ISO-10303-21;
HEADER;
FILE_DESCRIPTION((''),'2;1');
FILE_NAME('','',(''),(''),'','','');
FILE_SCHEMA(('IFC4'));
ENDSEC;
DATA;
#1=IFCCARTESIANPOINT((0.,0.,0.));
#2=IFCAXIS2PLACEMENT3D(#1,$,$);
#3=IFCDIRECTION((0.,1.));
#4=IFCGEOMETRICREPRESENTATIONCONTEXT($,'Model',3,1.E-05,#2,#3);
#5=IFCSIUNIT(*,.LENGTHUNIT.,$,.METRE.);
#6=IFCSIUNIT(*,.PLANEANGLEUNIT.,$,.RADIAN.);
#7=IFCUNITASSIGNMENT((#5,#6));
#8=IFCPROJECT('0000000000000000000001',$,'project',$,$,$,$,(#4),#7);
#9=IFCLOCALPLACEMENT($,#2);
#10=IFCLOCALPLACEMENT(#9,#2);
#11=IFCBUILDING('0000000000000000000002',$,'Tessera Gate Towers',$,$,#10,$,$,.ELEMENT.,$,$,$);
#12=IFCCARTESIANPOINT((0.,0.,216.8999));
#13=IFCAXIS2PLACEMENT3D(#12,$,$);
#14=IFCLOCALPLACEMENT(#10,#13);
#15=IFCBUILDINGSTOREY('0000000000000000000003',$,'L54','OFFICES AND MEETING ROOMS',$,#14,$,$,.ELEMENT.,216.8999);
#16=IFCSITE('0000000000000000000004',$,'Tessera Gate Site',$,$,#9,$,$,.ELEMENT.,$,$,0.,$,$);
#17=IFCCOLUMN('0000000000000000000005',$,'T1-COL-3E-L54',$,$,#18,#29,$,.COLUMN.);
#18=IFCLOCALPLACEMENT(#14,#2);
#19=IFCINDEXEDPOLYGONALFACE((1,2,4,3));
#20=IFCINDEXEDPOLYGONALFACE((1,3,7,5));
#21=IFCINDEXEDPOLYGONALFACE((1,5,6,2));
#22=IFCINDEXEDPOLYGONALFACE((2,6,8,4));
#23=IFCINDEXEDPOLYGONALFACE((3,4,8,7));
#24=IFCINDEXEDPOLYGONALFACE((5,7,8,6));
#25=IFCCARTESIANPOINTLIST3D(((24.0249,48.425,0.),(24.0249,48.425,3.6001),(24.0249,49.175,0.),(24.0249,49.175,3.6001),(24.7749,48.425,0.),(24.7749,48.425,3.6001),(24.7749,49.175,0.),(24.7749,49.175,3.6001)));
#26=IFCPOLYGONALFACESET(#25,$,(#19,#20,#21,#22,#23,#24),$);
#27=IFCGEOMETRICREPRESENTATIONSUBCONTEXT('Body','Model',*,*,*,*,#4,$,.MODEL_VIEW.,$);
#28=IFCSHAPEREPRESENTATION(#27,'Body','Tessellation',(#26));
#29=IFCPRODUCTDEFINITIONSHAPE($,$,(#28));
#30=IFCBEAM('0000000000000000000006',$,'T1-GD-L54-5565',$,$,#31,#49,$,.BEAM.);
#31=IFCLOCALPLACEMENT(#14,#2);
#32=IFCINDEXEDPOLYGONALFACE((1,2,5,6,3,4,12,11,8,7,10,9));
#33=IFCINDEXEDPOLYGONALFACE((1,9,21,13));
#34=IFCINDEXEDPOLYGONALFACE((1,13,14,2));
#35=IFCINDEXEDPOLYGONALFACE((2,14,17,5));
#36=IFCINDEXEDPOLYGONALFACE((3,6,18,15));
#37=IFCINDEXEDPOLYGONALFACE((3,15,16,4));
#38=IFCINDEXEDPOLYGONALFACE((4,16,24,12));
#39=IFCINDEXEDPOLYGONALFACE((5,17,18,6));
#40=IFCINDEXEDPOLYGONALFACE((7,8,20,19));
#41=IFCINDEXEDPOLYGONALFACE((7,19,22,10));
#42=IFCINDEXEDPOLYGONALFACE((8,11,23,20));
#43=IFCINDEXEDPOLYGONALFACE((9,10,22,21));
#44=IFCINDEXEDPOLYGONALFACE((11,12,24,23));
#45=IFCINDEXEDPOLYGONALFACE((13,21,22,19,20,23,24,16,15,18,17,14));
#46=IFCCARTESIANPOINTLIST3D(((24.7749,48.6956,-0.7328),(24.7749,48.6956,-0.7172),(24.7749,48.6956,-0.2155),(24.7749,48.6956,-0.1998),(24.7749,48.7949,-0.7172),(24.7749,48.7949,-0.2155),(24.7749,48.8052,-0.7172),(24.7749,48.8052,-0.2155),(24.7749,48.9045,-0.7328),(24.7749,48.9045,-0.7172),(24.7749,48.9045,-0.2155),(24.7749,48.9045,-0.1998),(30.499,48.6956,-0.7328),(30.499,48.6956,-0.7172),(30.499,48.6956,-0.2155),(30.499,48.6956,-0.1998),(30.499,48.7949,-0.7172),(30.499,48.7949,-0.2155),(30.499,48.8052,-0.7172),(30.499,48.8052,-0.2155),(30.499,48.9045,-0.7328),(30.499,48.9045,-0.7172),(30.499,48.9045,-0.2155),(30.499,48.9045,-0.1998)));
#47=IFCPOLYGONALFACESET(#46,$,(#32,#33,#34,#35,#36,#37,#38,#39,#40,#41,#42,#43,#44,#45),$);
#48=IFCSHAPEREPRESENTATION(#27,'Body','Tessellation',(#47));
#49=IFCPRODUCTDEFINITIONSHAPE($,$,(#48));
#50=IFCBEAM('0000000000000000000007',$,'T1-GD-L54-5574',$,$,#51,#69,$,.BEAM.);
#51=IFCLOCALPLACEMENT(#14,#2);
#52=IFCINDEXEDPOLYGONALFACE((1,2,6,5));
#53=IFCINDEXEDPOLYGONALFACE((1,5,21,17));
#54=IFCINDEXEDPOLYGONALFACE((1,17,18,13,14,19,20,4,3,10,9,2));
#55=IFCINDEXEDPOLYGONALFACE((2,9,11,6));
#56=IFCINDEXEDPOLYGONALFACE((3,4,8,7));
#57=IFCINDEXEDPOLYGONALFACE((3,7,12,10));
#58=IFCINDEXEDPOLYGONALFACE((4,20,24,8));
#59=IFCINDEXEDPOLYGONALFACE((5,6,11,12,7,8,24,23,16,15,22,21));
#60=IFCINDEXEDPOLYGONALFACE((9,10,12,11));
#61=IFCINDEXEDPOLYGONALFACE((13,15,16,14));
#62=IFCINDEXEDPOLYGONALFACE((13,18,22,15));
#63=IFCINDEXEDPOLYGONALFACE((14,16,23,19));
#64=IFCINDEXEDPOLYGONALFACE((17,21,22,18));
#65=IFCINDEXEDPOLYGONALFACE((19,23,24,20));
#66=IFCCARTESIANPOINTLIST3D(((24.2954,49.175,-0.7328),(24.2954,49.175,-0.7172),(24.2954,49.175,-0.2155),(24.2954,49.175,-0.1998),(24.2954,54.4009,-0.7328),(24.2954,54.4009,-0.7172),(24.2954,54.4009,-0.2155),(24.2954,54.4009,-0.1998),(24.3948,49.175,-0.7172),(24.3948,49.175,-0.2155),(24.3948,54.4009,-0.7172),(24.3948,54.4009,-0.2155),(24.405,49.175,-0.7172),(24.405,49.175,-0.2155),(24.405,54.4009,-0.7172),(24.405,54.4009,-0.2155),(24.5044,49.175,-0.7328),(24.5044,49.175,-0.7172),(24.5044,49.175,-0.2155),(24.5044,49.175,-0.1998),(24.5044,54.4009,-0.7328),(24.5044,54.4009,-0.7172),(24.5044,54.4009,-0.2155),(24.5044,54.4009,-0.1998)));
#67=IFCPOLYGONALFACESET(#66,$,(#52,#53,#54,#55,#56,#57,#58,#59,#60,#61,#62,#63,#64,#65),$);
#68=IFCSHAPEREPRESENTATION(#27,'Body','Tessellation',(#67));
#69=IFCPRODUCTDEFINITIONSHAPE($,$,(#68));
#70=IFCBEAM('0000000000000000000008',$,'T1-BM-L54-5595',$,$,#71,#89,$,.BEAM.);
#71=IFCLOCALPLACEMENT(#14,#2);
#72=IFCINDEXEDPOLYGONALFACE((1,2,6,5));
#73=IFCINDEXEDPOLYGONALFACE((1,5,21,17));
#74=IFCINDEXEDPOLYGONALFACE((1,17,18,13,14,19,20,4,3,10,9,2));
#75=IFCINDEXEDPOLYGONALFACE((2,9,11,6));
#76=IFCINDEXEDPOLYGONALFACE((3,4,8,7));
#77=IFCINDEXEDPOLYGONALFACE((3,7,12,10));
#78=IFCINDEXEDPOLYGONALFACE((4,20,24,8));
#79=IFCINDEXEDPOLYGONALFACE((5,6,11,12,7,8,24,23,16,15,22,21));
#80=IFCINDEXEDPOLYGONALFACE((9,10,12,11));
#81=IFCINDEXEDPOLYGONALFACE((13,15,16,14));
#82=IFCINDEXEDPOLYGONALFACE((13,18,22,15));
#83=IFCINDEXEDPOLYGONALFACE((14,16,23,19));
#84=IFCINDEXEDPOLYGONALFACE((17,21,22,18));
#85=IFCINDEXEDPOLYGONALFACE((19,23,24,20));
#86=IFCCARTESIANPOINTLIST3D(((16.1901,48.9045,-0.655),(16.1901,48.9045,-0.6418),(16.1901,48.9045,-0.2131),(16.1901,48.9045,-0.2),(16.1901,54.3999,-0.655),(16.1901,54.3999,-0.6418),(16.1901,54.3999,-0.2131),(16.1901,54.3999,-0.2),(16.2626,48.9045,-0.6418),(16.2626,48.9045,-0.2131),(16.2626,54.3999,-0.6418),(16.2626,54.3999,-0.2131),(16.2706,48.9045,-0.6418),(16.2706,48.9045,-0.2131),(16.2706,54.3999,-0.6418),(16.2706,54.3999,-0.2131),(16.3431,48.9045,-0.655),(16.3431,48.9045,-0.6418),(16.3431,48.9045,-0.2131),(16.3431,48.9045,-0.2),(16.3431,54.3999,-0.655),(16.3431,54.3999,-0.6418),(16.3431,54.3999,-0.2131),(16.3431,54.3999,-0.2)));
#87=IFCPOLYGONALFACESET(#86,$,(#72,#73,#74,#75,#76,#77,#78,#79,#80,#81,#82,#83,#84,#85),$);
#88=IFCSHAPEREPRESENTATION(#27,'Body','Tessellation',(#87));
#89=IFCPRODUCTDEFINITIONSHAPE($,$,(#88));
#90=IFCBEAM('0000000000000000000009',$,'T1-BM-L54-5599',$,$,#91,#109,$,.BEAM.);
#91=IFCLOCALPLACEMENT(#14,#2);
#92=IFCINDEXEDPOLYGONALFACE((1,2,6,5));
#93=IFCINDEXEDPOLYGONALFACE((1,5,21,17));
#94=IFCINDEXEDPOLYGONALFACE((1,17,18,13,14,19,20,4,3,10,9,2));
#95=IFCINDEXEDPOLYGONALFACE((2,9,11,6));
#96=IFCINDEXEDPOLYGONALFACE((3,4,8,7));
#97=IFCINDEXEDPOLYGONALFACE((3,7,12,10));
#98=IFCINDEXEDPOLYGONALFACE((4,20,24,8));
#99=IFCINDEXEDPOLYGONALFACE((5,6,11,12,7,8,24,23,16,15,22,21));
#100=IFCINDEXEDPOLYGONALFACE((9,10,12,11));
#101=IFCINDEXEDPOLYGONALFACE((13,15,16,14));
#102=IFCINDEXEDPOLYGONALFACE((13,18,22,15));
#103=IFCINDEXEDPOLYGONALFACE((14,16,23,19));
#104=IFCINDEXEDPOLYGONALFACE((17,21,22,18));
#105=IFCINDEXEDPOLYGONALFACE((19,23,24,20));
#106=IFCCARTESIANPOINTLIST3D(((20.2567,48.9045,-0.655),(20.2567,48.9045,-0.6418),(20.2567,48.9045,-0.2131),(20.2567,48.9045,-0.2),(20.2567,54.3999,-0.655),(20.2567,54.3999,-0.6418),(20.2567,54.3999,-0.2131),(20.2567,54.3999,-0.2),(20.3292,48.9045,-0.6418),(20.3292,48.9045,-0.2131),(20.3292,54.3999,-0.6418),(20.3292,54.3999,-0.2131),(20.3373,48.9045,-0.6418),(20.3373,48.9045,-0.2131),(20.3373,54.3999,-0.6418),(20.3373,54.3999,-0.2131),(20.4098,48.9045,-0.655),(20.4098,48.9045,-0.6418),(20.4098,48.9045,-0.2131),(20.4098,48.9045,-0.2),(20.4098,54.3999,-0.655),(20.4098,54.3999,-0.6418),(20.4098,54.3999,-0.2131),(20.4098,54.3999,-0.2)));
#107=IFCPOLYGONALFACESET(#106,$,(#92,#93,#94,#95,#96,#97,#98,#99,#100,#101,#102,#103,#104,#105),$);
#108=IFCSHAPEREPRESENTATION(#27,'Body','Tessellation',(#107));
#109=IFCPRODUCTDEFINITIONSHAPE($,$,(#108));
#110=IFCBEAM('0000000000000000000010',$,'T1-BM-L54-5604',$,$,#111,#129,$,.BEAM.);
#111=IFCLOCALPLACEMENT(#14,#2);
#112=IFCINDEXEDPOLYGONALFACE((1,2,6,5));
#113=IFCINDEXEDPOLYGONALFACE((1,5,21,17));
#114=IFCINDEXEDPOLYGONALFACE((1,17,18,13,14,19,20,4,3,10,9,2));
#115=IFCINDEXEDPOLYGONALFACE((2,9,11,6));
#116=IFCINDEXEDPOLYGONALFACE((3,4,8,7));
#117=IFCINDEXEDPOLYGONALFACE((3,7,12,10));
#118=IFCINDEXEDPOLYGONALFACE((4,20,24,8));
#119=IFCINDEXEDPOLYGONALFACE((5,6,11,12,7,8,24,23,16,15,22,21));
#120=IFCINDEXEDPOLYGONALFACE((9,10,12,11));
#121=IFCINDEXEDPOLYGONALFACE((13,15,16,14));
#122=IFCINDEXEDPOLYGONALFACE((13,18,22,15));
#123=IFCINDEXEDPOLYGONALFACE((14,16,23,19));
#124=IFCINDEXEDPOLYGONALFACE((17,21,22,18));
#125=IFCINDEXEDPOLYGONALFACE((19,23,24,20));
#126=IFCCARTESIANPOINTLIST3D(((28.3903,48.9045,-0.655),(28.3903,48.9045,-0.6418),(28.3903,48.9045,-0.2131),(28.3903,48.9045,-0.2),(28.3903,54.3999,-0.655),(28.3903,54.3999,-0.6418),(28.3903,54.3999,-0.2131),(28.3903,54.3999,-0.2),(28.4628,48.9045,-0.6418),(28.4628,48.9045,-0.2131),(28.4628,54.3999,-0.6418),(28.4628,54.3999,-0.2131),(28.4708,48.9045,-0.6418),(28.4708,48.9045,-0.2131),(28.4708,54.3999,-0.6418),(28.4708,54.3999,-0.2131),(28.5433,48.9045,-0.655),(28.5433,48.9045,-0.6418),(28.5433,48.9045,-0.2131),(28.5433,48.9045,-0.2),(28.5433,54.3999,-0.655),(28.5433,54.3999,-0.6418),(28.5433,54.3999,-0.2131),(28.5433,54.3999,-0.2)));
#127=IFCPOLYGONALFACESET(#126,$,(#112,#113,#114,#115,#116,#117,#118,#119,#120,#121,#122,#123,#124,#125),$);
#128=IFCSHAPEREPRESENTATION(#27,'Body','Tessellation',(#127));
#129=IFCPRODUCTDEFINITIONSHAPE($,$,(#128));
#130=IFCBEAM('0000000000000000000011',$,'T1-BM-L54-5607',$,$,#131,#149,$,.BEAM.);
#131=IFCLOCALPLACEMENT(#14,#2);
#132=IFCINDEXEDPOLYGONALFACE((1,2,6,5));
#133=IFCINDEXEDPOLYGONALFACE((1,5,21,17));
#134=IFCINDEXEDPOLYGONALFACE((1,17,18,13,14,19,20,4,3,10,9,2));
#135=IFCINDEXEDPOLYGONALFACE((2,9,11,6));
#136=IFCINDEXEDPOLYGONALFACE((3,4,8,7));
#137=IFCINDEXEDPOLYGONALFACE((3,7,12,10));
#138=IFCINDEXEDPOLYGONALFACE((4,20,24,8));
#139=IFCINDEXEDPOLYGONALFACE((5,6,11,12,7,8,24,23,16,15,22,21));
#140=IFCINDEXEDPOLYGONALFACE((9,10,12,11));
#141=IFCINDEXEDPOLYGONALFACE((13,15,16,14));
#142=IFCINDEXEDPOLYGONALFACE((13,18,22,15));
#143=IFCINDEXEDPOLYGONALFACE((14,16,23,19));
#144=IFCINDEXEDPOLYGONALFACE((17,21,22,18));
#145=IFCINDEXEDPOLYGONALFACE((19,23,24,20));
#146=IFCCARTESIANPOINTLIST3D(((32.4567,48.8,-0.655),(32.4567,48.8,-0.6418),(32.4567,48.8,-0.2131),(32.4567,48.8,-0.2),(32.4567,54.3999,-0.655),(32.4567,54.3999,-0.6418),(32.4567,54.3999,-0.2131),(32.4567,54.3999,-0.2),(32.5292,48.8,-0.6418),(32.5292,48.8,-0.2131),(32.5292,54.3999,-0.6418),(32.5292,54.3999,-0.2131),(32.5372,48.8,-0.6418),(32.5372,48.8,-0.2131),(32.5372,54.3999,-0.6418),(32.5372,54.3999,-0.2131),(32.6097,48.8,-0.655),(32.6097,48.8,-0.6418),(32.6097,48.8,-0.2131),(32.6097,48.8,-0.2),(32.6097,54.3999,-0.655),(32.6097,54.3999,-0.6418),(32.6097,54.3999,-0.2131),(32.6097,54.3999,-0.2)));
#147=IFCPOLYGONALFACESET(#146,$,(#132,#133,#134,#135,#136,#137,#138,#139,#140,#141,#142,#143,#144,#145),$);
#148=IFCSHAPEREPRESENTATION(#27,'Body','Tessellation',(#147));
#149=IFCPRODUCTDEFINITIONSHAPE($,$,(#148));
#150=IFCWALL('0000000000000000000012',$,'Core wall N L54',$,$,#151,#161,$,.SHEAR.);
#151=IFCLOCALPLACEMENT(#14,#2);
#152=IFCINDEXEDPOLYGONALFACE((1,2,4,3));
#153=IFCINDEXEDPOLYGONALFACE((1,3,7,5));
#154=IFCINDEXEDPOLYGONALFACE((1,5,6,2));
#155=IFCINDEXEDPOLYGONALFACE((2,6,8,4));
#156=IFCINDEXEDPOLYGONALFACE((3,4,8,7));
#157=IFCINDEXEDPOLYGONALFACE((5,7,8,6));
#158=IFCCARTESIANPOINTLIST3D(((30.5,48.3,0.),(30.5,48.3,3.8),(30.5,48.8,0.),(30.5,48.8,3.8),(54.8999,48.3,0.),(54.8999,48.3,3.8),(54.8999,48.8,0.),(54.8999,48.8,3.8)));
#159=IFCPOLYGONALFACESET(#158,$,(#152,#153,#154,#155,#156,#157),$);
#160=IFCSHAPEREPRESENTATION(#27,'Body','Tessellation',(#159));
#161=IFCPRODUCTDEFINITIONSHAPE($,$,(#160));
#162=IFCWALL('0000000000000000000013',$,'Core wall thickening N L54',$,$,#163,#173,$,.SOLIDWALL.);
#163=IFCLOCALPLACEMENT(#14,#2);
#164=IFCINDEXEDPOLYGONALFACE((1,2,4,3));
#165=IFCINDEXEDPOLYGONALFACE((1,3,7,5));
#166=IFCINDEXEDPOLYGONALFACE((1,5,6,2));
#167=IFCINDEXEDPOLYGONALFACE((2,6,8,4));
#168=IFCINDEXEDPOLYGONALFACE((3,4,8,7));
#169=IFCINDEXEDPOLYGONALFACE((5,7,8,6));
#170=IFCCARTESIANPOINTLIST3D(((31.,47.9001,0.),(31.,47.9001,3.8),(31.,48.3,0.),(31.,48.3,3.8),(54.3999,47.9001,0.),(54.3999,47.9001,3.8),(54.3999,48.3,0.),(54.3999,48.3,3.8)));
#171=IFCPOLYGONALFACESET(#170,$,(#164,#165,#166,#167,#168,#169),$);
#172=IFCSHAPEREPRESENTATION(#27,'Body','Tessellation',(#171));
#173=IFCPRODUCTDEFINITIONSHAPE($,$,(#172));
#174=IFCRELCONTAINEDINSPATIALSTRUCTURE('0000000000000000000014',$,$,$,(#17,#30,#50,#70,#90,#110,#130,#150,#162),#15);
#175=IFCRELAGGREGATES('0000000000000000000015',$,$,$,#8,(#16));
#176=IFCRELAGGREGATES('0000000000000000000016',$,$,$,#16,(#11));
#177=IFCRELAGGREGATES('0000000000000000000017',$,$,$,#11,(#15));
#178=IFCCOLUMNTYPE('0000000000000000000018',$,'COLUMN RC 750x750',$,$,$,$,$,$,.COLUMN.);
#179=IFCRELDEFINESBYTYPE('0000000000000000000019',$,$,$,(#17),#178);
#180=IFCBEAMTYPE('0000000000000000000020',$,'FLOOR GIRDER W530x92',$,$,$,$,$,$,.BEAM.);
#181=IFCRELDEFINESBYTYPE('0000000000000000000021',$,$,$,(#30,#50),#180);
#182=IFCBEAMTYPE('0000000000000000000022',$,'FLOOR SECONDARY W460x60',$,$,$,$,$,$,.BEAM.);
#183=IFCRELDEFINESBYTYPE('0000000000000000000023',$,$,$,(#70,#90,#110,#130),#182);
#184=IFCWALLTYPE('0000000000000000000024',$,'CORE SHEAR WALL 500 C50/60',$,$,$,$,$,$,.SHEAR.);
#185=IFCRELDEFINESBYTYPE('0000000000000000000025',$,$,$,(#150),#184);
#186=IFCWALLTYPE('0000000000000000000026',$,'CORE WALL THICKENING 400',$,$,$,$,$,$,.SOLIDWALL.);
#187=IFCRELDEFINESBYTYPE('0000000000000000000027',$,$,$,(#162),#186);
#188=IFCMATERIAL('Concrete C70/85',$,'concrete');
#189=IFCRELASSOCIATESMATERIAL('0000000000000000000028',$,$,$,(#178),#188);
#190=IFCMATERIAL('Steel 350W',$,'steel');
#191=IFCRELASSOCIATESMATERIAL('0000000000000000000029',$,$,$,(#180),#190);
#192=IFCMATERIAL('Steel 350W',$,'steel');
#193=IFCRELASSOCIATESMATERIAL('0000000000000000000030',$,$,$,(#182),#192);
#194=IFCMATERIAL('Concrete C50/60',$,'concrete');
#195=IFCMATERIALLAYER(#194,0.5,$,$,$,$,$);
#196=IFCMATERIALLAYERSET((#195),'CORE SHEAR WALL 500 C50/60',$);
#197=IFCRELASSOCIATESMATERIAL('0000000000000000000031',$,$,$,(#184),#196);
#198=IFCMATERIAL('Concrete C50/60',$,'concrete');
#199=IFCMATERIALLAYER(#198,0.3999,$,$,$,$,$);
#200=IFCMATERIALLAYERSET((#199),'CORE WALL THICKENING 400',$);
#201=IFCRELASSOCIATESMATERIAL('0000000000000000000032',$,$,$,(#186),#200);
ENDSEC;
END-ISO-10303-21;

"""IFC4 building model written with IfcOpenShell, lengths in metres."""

from ifc_helpers import new_model, si_unit, direction, frame, frame_2d, origin, origin_2d, place, context, subcontext, project, spatial, rectangle, i_section, extrude, material, layer, layer_set, material_profile, profile_set, type_object, element, save


model = new_model("IFC4")

# Units and contexts
model_context = context("Model", 3, precision=1e-05, world=origin(), true_north=direction((0.0, 1.0)))
body_context = subcontext(model_context, "Body", "Model", "MODEL_VIEW")
ifc_project = project(units=[si_unit("LENGTHUNIT", "METRE"), si_unit("PLANEANGLEUNIT", "RADIAN")], contexts=[model_context])

# Site, building, storey
site_placement = place(None, origin())
site = spatial("IfcSite", under=ifc_project, at=site_placement, Name="Tessera Gate Site", CompositionType="ELEMENT", RefElevation=0.0)
building_placement = place(site_placement, origin())
building = spatial("IfcBuilding", under=site, at=building_placement, Name="Tessera Gate Towers", CompositionType="ELEMENT")
storey_placement = place(building_placement, frame((0.0, 0.0, 216.8999)))
storey = spatial("IfcBuildingStorey", under=building, at=storey_placement, Name="L54", Description="OFFICES AND MEETING ROOMS", CompositionType="ELEMENT", Elevation=216.8999)

# Column
ifc_material_1 = material(Name="Concrete C70/85", Category="concrete")
ifc_material_profile_1 = material_profile(ifc_material_1, rectangle(XDim=0.75, YDim=0.75, at=origin_2d()), Name="RC 750x750")
ifc_profile_set_1 = profile_set([ifc_material_profile_1], Name="Concrete C70/85")
column_type = type_object("IfcColumnType", Name="COLUMN RC 750x750", PredefinedType="COLUMN", material=ifc_profile_set_1)
column_placement = place(storey_placement, frame((24.3999, 48.8, 0.0), z_axis=(0.0, 0.0, 1.0), x_axis=(1.0, 0.0, 0.0)))
element("IfcColumn", 1, at=column_placement, inside=storey, type_object=column_type, Name="T1-COL-3E-L54", PredefinedType="COLUMN", context=body_context, shape_type="SweptSolid", body=[
    extrude(rectangle(XDim=0.75, YDim=0.75, at=origin_2d()), origin(), (0.0, 0.0, 1.0), 3.6001),
])

# Beams
ifc_material_2 = material(Name="Steel 350W", Category="steel")
ifc_material_profile_2 = material_profile(ifc_material_2, i_section(OverallWidth=0.209, OverallDepth=0.533, WebThickness=0.0103, FlangeThickness=0.0156, at=origin_2d()), Name="W530x92")
ifc_profile_set_2 = profile_set([ifc_material_profile_2], Name="Steel 350W")
beam_type_1 = type_object("IfcBeamType", Name="FLOOR GIRDER W530x92", PredefinedType="BEAM", material=ifc_profile_set_2)
beam_1_placement = place(storey_placement, frame((24.7749, 48.8, -0.4663), z_axis=(1.0, 0.0, 0.0), x_axis=(0.0, 1.0, 0.0)))
element("IfcBeam", 2, at=beam_1_placement, inside=storey, type_object=beam_type_1, Name="T1-GD-L54-5565", PredefinedType="BEAM", context=body_context, shape_type="SweptSolid", body=[
    extrude(i_section(OverallWidth=0.209, OverallDepth=0.533, WebThickness=0.0103, FlangeThickness=0.0156, at=origin_2d()), origin(), (0.0, 0.0, 1.0), 5.7241),
])
beam_2_placement = place(storey_placement, frame((24.3999, 49.175, -0.4663), z_axis=(0.0, 1.0, 0.0), x_axis=(-1.0, 0.0, 0.0)))
element("IfcBeam", 3, at=beam_2_placement, inside=storey, type_object=beam_type_1, Name="T1-GD-L54-5574", PredefinedType="BEAM", context=body_context, shape_type="SweptSolid", body=[
    extrude(i_section(OverallWidth=0.209, OverallDepth=0.533, WebThickness=0.0103, FlangeThickness=0.0156, at=origin_2d()), origin(), (0.0, 0.0, 1.0), 5.2258),
])
ifc_material_3 = material(Name="Steel 350W", Category="steel")
ifc_material_profile_3 = material_profile(ifc_material_3, i_section(OverallWidth=0.1531, OverallDepth=0.4551, WebThickness=0.0081, FlangeThickness=0.0132, at=origin_2d()), Name="W460x60")
ifc_profile_set_3 = profile_set([ifc_material_profile_3], Name="Steel 350W")
beam_type_2 = type_object("IfcBeamType", Name="FLOOR SECONDARY W460x60", PredefinedType="BEAM", material=ifc_profile_set_3)
for number, where, z_axis, x_axis, name in (
    (4, (16.2666, 48.9045, -0.4275), (0.0, 1.0, 0.0), (-1.0, 0.0, 0.0), "T1-BM-L54-5595"),
    (5, (20.3333, 48.9045, -0.4275), (0.0, 1.0, 0.0), (-1.0, 0.0, 0.0), "T1-BM-L54-5599"),
    (6, (28.4668, 48.9045, -0.4275), (0.0, 1.0, 0.0), (-1.0, 0.0, 0.0), "T1-BM-L54-5604"),
):
    element("IfcBeam", number, at=place(storey_placement, frame(where, z_axis=z_axis, x_axis=x_axis)), inside=storey, type_object=beam_type_2, Name=name, PredefinedType="BEAM", context=body_context, shape_type="SweptSolid", body=[
        extrude(i_section(OverallWidth=0.1531, OverallDepth=0.4551, WebThickness=0.0081, FlangeThickness=0.0132, at=origin_2d()), origin(), (0.0, 0.0, 1.0), 5.4954),
    ])
beam_3_placement = place(storey_placement, frame((32.5332, 48.8, -0.4275), z_axis=(0.0, 1.0, 0.0), x_axis=(-1.0, 0.0, 0.0)))
element("IfcBeam", 7, at=beam_3_placement, inside=storey, type_object=beam_type_2, Name="T1-BM-L54-5607", PredefinedType="BEAM", context=body_context, shape_type="SweptSolid", body=[
    extrude(i_section(OverallWidth=0.1531, OverallDepth=0.4551, WebThickness=0.0081, FlangeThickness=0.0132, at=origin_2d()), origin(), (0.0, 0.0, 1.0), 5.5999),
])

# Walls
ifc_material_4 = material(Name="Concrete C50/60", Category="concrete")
ifc_layer_1 = layer(ifc_material_4, 0.5)
ifc_layer_set_1 = layer_set([ifc_layer_1], Name="CORE SHEAR WALL 500 C50/60")
wall_type_1 = type_object("IfcWallType", Name="CORE SHEAR WALL 500 C50/60", PredefinedType="SHEAR", material=ifc_layer_set_1)
wall_1_placement = place(storey_placement, frame((30.5, 48.55, 0.0), z_axis=(0.0, 0.0, 1.0), x_axis=(1.0, 0.0, 0.0)))
element("IfcWall", 8, at=wall_1_placement, inside=storey, type_object=wall_type_1, Name="Core wall N L54", PredefinedType="SHEAR", context=body_context, shape_type="SweptSolid", body=[
    extrude(rectangle(XDim=24.3999, YDim=0.5, at=frame_2d((12.2, 0.0))), origin(), (0.0, 0.0, 1.0), 3.8),
])
ifc_material_5 = material(Name="Concrete C50/60", Category="concrete")
ifc_layer_2 = layer(ifc_material_5, 0.3999)
ifc_layer_set_2 = layer_set([ifc_layer_2], Name="CORE WALL THICKENING 400")
wall_type_2 = type_object("IfcWallType", Name="CORE WALL THICKENING 400", PredefinedType="SOLIDWALL", material=ifc_layer_set_2)
wall_2_placement = place(storey_placement, frame((31.0, 48.1001, 0.0), z_axis=(0.0, 0.0, 1.0), x_axis=(1.0, 0.0, 0.0)))
element("IfcWall", 9, at=wall_2_placement, inside=storey, type_object=wall_type_2, Name="Core wall thickening N L54", PredefinedType="SOLIDWALL", context=body_context, shape_type="SweptSolid", body=[
    extrude(rectangle(XDim=23.3999, YDim=0.3999, at=frame_2d((11.7, 0.0))), origin(), (0.0, 0.0, 1.0), 3.8),
])

save(model, "model.ifc")
